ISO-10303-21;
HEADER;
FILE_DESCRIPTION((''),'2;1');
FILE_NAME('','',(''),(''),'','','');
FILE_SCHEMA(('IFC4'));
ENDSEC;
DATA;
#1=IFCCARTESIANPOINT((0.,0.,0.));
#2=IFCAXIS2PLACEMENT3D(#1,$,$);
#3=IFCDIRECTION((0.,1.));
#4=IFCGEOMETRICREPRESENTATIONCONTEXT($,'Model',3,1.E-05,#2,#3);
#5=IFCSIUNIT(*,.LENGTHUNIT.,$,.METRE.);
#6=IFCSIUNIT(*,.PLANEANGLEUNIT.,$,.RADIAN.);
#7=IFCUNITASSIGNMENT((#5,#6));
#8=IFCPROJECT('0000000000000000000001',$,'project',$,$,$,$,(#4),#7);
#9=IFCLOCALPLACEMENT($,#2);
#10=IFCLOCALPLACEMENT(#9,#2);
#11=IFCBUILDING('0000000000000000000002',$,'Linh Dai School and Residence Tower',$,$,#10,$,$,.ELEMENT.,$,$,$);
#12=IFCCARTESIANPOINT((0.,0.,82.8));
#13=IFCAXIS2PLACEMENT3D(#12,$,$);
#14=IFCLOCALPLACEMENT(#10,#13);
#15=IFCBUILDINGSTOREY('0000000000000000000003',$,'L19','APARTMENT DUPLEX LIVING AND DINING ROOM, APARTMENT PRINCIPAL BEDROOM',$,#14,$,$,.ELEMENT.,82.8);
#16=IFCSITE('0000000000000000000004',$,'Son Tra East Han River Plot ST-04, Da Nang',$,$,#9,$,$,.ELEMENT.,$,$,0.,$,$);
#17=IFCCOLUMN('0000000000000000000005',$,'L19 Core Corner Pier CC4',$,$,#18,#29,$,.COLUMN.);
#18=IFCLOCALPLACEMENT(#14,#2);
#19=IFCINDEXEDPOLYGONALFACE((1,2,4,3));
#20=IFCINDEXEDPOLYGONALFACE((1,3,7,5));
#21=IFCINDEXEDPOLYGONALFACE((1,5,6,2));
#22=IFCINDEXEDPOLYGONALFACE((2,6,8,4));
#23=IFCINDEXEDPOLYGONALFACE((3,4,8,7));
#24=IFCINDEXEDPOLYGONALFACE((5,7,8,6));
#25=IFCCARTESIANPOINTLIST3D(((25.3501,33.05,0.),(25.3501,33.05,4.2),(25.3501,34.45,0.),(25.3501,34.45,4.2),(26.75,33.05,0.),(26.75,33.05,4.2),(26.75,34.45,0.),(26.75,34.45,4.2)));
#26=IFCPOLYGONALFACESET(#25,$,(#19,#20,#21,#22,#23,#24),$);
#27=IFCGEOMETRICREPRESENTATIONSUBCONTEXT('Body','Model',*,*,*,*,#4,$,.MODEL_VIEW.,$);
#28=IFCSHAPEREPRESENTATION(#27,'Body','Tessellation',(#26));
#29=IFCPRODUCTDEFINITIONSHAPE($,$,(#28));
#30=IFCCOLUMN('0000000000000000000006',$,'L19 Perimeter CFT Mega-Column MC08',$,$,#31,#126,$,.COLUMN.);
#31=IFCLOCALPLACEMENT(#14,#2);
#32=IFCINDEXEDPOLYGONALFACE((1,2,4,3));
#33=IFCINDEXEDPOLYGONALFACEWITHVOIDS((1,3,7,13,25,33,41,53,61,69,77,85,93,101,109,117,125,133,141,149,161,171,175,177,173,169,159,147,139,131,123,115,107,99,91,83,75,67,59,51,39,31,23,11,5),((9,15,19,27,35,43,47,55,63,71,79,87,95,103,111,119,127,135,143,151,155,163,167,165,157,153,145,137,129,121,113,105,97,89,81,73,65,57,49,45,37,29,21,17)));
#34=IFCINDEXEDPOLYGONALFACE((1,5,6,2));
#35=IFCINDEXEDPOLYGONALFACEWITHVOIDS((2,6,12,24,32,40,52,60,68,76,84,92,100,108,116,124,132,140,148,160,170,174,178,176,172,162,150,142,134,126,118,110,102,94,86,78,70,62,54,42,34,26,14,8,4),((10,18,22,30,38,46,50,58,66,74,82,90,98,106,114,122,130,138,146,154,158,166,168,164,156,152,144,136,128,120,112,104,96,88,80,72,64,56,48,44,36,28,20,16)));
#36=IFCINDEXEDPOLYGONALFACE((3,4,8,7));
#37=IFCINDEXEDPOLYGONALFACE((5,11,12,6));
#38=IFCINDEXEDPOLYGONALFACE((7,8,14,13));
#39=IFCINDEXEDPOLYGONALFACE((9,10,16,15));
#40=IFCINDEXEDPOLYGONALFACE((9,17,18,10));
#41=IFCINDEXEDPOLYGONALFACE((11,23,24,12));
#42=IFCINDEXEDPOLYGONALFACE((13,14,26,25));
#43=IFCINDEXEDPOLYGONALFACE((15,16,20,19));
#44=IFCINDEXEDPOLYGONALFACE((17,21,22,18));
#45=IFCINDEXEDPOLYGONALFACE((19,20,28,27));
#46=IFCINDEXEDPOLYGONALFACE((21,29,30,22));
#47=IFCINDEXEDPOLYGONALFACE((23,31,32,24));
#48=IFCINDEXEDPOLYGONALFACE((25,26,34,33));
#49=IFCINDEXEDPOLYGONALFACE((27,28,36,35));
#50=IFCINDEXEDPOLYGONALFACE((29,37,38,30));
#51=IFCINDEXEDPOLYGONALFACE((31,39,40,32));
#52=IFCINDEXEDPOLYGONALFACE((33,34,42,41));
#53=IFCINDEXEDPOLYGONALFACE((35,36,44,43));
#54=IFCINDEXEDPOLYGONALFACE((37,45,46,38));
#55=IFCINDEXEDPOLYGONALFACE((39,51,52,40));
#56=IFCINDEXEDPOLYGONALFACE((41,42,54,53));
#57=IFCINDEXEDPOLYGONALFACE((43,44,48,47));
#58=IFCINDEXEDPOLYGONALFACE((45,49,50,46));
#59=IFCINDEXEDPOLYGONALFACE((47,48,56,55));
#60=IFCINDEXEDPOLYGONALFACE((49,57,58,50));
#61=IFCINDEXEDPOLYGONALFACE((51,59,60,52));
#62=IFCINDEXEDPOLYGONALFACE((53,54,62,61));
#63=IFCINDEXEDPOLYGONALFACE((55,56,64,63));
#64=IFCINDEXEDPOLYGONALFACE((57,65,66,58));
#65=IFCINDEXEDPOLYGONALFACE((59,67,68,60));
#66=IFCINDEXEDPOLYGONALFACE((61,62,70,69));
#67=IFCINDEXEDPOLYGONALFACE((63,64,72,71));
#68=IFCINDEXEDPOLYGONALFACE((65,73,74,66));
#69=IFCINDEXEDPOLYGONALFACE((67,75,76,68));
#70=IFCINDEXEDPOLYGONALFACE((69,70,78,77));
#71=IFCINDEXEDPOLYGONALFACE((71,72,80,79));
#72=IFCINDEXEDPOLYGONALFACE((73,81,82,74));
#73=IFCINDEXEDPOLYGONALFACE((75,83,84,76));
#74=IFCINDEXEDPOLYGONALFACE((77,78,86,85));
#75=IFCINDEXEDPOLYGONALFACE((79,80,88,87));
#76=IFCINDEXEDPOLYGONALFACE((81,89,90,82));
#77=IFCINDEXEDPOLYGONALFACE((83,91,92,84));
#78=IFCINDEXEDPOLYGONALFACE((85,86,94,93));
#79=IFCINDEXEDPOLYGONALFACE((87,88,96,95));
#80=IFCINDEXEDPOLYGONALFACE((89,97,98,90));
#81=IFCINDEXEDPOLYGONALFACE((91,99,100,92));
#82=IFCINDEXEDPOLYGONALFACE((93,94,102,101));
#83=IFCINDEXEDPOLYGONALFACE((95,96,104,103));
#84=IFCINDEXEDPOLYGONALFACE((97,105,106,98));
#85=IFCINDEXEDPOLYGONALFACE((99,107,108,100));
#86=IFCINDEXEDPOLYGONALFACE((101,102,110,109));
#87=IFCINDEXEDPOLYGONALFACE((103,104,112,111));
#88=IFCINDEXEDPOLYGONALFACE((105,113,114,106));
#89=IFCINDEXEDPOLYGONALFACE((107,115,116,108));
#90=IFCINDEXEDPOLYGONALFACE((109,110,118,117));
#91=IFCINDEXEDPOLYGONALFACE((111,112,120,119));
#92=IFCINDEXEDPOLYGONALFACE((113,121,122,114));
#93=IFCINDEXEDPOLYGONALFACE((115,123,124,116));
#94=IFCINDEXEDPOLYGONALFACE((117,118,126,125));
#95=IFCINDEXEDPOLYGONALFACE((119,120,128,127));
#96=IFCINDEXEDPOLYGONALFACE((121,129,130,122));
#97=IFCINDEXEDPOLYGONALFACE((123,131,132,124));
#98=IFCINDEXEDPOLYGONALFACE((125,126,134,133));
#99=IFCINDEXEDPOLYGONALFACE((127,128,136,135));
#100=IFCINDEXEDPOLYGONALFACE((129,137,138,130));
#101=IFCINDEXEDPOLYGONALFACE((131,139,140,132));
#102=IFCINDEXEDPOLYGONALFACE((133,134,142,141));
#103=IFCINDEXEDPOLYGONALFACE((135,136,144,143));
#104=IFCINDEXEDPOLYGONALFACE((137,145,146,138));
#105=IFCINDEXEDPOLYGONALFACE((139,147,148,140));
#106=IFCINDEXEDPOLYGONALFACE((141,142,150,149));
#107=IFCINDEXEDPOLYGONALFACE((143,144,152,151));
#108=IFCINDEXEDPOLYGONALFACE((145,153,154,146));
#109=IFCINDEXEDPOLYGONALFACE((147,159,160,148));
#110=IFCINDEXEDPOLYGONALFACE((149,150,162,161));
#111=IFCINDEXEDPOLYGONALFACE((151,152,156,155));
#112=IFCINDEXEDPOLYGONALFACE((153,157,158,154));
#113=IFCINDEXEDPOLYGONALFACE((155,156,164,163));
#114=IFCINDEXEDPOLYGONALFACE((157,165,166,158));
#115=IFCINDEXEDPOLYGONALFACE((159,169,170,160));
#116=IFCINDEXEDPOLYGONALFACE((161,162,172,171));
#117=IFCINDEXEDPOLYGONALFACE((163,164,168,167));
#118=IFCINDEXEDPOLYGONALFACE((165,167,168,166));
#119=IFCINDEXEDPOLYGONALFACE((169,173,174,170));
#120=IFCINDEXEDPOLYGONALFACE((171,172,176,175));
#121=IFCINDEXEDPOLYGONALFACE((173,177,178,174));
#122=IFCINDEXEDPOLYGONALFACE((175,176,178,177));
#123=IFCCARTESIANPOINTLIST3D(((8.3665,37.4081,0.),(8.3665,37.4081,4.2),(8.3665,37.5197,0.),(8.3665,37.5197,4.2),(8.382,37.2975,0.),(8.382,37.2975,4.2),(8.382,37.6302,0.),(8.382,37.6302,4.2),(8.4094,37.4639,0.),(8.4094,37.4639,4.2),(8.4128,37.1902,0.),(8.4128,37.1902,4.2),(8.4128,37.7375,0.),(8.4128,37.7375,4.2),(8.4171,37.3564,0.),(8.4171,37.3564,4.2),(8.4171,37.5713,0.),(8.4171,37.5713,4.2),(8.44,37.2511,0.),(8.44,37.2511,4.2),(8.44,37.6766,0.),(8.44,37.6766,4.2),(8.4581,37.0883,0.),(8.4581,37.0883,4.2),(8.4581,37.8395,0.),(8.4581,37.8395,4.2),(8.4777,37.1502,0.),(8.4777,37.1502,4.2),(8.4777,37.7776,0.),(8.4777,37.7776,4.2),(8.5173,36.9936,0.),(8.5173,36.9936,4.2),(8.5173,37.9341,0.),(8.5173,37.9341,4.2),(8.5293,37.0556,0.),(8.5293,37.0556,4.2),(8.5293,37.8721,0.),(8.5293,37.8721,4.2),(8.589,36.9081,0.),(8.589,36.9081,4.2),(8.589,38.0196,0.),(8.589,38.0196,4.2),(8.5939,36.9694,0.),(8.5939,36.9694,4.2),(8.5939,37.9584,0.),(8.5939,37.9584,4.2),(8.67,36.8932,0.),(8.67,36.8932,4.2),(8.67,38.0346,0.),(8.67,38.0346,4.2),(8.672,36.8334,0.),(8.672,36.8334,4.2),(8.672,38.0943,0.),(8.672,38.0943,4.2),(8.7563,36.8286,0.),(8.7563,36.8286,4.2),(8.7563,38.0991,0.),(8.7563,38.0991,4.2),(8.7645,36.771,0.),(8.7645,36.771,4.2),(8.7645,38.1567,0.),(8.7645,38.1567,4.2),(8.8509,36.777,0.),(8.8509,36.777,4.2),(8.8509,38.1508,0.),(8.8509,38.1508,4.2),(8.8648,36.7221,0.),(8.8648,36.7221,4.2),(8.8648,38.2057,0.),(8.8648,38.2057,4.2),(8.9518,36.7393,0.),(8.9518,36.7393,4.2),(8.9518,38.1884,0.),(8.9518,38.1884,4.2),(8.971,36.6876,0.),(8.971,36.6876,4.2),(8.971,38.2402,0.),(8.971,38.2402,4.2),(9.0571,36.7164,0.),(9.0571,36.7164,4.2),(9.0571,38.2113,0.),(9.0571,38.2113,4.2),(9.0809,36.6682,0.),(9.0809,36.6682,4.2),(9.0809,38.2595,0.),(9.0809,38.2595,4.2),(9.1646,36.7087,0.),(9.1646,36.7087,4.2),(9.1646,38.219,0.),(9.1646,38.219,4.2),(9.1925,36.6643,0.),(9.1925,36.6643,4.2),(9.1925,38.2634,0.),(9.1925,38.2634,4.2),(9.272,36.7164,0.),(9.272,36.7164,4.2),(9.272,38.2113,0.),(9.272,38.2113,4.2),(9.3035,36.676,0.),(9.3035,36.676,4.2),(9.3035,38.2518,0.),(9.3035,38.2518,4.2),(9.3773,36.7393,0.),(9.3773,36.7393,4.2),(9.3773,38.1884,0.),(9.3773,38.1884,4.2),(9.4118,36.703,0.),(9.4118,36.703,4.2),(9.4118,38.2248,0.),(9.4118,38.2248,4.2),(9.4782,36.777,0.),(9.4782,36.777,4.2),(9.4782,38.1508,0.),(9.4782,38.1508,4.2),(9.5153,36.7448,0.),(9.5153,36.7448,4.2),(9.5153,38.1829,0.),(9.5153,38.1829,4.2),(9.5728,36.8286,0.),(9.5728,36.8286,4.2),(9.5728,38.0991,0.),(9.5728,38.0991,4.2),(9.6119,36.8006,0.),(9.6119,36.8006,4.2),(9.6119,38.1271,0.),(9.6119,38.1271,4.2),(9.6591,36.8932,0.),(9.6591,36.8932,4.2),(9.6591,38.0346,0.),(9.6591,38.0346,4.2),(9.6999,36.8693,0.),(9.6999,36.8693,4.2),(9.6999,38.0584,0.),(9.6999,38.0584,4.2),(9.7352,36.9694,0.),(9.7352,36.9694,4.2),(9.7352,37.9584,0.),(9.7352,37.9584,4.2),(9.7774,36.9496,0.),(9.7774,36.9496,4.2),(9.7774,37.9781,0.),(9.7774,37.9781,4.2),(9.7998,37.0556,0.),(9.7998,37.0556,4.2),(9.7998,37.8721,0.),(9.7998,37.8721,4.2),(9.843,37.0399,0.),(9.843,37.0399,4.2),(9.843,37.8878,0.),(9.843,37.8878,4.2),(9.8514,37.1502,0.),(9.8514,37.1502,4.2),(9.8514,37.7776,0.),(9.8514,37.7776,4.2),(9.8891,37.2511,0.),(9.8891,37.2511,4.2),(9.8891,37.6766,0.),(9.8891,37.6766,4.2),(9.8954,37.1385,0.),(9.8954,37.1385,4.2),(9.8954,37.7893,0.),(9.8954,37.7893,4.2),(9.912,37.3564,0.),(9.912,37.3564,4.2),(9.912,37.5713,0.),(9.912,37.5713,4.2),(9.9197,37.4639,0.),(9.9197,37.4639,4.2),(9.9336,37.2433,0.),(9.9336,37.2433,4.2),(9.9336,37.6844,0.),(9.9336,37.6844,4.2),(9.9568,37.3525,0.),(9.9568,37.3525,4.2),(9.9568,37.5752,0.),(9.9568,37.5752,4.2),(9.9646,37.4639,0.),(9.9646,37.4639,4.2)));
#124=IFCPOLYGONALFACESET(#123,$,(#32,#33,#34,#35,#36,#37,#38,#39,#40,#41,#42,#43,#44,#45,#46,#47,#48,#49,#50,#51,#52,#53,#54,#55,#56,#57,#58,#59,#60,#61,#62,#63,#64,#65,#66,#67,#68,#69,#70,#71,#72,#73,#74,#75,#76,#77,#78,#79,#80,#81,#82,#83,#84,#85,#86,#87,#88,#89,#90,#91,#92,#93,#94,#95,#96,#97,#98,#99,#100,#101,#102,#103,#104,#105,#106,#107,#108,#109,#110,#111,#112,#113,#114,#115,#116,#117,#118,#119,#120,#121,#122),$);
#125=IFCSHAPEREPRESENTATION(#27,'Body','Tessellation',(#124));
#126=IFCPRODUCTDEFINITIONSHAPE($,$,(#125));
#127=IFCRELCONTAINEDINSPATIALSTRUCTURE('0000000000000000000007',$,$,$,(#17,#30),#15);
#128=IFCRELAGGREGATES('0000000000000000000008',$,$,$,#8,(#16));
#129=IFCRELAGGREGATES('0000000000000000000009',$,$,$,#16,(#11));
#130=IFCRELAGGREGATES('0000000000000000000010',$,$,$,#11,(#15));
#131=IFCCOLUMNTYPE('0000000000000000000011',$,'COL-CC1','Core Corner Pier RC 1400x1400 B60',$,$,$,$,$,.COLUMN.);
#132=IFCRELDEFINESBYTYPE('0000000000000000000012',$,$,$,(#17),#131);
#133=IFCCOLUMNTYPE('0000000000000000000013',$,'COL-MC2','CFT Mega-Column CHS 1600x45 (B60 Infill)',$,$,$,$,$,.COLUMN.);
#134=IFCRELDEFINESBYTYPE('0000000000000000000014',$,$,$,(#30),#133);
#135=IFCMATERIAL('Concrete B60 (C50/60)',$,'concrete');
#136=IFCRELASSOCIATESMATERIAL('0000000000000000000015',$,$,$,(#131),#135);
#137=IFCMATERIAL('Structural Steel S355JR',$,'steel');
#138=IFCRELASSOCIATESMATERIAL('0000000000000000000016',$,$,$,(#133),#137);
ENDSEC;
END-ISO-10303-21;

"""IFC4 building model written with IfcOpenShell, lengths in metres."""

from ifc_helpers import new_model, si_unit, direction, frame, origin, origin_2d, place, context, subcontext, project, spatial, rectangle, hollow_circle, extrude, material, material_profile, profile_set, type_object, element, save


model = new_model("IFC4")

# Units and contexts
model_context = context("Model", 3, precision=1e-05, world=origin(), true_north=direction((0.0, 1.0)))
body_context = subcontext(model_context, "Body", "Model", "MODEL_VIEW")
ifc_project = project(units=[si_unit("LENGTHUNIT", "METRE"), si_unit("PLANEANGLEUNIT", "RADIAN")], contexts=[model_context])

# Site, building, storey
site_placement = place(None, origin())
site = spatial("IfcSite", under=ifc_project, at=site_placement, Name="Son Tra East Han River Plot ST-04, Da Nang", CompositionType="ELEMENT", RefElevation=0.0)
building_placement = place(site_placement, origin())
building = spatial("IfcBuilding", under=site, at=building_placement, Name="Linh Dai School and Residence Tower", CompositionType="ELEMENT")
storey_placement = place(building_placement, frame((0.0, 0.0, 82.8)))
storey = spatial("IfcBuildingStorey", under=building, at=storey_placement, Name="L19", Description="APARTMENT DUPLEX LIVING AND DINING ROOM, APARTMENT PRINCIPAL BEDROOM", CompositionType="ELEMENT", Elevation=82.8)

# Columns
ifc_material_1 = material(Name="Concrete B60 (C50/60)", Category="concrete")
ifc_material_profile_1 = material_profile(ifc_material_1, rectangle(XDim=1.3999, YDim=1.3999, at=origin_2d()), Name="RC 1400x1400")
ifc_profile_set_1 = profile_set([ifc_material_profile_1], Name="Concrete B60 (C50/60)")
column_type_1 = type_object("IfcColumnType", Name="COL-CC1", Description="Core Corner Pier RC 1400x1400 B60", PredefinedType="COLUMN", material=ifc_profile_set_1)
column_placement = place(storey_placement, frame((26.05, 33.75, 0.0), z_axis=(0.0, 0.0, 1.0), x_axis=(1.0, 0.0, 0.0)))
element("IfcColumn", 1, at=column_placement, inside=storey, type_object=column_type_1, Name="L19 Core Corner Pier CC4", PredefinedType="COLUMN", context=body_context, shape_type="SweptSolid", body=[
    extrude(rectangle(XDim=1.3999, YDim=1.3999, at=origin_2d()), origin(), (0.0, 0.0, 1.0), 4.2),
])
ifc_material_2 = material(Name="Structural Steel S355JR", Category="steel")
ifc_material_profile_2 = material_profile(ifc_material_2, hollow_circle(Radius=0.8, WallThickness=0.0449, at=origin_2d()), Name="CHS 1600x45")
ifc_profile_set_2 = profile_set([ifc_material_profile_2], Name="Structural Steel S355JR")
column_type_2 = type_object("IfcColumnType", Name="COL-MC2", Description="CFT Mega-Column CHS 1600x45 (B60 Infill)", PredefinedType="COLUMN", material=ifc_profile_set_2)
for number, where, z_axis, x_axis, name in (
    (2, (9.1646, 37.4639, 0.0), (0.0, 0.0, 1.0), (1.0, 0.0, 0.0), "L19 Perimeter CFT Mega-Column MC08"),
):
    element("IfcColumn", number, at=place(storey_placement, frame(where, z_axis=z_axis, x_axis=x_axis)), inside=storey, type_object=column_type_2, Name=name, PredefinedType="COLUMN", context=body_context, shape_type="SweptSolid", body=[
        extrude(hollow_circle(Radius=0.8, WallThickness=0.0449, at=origin_2d()), origin(), (0.0, 0.0, 1.0), 4.2),
    ])

save(model, "model.ifc")
